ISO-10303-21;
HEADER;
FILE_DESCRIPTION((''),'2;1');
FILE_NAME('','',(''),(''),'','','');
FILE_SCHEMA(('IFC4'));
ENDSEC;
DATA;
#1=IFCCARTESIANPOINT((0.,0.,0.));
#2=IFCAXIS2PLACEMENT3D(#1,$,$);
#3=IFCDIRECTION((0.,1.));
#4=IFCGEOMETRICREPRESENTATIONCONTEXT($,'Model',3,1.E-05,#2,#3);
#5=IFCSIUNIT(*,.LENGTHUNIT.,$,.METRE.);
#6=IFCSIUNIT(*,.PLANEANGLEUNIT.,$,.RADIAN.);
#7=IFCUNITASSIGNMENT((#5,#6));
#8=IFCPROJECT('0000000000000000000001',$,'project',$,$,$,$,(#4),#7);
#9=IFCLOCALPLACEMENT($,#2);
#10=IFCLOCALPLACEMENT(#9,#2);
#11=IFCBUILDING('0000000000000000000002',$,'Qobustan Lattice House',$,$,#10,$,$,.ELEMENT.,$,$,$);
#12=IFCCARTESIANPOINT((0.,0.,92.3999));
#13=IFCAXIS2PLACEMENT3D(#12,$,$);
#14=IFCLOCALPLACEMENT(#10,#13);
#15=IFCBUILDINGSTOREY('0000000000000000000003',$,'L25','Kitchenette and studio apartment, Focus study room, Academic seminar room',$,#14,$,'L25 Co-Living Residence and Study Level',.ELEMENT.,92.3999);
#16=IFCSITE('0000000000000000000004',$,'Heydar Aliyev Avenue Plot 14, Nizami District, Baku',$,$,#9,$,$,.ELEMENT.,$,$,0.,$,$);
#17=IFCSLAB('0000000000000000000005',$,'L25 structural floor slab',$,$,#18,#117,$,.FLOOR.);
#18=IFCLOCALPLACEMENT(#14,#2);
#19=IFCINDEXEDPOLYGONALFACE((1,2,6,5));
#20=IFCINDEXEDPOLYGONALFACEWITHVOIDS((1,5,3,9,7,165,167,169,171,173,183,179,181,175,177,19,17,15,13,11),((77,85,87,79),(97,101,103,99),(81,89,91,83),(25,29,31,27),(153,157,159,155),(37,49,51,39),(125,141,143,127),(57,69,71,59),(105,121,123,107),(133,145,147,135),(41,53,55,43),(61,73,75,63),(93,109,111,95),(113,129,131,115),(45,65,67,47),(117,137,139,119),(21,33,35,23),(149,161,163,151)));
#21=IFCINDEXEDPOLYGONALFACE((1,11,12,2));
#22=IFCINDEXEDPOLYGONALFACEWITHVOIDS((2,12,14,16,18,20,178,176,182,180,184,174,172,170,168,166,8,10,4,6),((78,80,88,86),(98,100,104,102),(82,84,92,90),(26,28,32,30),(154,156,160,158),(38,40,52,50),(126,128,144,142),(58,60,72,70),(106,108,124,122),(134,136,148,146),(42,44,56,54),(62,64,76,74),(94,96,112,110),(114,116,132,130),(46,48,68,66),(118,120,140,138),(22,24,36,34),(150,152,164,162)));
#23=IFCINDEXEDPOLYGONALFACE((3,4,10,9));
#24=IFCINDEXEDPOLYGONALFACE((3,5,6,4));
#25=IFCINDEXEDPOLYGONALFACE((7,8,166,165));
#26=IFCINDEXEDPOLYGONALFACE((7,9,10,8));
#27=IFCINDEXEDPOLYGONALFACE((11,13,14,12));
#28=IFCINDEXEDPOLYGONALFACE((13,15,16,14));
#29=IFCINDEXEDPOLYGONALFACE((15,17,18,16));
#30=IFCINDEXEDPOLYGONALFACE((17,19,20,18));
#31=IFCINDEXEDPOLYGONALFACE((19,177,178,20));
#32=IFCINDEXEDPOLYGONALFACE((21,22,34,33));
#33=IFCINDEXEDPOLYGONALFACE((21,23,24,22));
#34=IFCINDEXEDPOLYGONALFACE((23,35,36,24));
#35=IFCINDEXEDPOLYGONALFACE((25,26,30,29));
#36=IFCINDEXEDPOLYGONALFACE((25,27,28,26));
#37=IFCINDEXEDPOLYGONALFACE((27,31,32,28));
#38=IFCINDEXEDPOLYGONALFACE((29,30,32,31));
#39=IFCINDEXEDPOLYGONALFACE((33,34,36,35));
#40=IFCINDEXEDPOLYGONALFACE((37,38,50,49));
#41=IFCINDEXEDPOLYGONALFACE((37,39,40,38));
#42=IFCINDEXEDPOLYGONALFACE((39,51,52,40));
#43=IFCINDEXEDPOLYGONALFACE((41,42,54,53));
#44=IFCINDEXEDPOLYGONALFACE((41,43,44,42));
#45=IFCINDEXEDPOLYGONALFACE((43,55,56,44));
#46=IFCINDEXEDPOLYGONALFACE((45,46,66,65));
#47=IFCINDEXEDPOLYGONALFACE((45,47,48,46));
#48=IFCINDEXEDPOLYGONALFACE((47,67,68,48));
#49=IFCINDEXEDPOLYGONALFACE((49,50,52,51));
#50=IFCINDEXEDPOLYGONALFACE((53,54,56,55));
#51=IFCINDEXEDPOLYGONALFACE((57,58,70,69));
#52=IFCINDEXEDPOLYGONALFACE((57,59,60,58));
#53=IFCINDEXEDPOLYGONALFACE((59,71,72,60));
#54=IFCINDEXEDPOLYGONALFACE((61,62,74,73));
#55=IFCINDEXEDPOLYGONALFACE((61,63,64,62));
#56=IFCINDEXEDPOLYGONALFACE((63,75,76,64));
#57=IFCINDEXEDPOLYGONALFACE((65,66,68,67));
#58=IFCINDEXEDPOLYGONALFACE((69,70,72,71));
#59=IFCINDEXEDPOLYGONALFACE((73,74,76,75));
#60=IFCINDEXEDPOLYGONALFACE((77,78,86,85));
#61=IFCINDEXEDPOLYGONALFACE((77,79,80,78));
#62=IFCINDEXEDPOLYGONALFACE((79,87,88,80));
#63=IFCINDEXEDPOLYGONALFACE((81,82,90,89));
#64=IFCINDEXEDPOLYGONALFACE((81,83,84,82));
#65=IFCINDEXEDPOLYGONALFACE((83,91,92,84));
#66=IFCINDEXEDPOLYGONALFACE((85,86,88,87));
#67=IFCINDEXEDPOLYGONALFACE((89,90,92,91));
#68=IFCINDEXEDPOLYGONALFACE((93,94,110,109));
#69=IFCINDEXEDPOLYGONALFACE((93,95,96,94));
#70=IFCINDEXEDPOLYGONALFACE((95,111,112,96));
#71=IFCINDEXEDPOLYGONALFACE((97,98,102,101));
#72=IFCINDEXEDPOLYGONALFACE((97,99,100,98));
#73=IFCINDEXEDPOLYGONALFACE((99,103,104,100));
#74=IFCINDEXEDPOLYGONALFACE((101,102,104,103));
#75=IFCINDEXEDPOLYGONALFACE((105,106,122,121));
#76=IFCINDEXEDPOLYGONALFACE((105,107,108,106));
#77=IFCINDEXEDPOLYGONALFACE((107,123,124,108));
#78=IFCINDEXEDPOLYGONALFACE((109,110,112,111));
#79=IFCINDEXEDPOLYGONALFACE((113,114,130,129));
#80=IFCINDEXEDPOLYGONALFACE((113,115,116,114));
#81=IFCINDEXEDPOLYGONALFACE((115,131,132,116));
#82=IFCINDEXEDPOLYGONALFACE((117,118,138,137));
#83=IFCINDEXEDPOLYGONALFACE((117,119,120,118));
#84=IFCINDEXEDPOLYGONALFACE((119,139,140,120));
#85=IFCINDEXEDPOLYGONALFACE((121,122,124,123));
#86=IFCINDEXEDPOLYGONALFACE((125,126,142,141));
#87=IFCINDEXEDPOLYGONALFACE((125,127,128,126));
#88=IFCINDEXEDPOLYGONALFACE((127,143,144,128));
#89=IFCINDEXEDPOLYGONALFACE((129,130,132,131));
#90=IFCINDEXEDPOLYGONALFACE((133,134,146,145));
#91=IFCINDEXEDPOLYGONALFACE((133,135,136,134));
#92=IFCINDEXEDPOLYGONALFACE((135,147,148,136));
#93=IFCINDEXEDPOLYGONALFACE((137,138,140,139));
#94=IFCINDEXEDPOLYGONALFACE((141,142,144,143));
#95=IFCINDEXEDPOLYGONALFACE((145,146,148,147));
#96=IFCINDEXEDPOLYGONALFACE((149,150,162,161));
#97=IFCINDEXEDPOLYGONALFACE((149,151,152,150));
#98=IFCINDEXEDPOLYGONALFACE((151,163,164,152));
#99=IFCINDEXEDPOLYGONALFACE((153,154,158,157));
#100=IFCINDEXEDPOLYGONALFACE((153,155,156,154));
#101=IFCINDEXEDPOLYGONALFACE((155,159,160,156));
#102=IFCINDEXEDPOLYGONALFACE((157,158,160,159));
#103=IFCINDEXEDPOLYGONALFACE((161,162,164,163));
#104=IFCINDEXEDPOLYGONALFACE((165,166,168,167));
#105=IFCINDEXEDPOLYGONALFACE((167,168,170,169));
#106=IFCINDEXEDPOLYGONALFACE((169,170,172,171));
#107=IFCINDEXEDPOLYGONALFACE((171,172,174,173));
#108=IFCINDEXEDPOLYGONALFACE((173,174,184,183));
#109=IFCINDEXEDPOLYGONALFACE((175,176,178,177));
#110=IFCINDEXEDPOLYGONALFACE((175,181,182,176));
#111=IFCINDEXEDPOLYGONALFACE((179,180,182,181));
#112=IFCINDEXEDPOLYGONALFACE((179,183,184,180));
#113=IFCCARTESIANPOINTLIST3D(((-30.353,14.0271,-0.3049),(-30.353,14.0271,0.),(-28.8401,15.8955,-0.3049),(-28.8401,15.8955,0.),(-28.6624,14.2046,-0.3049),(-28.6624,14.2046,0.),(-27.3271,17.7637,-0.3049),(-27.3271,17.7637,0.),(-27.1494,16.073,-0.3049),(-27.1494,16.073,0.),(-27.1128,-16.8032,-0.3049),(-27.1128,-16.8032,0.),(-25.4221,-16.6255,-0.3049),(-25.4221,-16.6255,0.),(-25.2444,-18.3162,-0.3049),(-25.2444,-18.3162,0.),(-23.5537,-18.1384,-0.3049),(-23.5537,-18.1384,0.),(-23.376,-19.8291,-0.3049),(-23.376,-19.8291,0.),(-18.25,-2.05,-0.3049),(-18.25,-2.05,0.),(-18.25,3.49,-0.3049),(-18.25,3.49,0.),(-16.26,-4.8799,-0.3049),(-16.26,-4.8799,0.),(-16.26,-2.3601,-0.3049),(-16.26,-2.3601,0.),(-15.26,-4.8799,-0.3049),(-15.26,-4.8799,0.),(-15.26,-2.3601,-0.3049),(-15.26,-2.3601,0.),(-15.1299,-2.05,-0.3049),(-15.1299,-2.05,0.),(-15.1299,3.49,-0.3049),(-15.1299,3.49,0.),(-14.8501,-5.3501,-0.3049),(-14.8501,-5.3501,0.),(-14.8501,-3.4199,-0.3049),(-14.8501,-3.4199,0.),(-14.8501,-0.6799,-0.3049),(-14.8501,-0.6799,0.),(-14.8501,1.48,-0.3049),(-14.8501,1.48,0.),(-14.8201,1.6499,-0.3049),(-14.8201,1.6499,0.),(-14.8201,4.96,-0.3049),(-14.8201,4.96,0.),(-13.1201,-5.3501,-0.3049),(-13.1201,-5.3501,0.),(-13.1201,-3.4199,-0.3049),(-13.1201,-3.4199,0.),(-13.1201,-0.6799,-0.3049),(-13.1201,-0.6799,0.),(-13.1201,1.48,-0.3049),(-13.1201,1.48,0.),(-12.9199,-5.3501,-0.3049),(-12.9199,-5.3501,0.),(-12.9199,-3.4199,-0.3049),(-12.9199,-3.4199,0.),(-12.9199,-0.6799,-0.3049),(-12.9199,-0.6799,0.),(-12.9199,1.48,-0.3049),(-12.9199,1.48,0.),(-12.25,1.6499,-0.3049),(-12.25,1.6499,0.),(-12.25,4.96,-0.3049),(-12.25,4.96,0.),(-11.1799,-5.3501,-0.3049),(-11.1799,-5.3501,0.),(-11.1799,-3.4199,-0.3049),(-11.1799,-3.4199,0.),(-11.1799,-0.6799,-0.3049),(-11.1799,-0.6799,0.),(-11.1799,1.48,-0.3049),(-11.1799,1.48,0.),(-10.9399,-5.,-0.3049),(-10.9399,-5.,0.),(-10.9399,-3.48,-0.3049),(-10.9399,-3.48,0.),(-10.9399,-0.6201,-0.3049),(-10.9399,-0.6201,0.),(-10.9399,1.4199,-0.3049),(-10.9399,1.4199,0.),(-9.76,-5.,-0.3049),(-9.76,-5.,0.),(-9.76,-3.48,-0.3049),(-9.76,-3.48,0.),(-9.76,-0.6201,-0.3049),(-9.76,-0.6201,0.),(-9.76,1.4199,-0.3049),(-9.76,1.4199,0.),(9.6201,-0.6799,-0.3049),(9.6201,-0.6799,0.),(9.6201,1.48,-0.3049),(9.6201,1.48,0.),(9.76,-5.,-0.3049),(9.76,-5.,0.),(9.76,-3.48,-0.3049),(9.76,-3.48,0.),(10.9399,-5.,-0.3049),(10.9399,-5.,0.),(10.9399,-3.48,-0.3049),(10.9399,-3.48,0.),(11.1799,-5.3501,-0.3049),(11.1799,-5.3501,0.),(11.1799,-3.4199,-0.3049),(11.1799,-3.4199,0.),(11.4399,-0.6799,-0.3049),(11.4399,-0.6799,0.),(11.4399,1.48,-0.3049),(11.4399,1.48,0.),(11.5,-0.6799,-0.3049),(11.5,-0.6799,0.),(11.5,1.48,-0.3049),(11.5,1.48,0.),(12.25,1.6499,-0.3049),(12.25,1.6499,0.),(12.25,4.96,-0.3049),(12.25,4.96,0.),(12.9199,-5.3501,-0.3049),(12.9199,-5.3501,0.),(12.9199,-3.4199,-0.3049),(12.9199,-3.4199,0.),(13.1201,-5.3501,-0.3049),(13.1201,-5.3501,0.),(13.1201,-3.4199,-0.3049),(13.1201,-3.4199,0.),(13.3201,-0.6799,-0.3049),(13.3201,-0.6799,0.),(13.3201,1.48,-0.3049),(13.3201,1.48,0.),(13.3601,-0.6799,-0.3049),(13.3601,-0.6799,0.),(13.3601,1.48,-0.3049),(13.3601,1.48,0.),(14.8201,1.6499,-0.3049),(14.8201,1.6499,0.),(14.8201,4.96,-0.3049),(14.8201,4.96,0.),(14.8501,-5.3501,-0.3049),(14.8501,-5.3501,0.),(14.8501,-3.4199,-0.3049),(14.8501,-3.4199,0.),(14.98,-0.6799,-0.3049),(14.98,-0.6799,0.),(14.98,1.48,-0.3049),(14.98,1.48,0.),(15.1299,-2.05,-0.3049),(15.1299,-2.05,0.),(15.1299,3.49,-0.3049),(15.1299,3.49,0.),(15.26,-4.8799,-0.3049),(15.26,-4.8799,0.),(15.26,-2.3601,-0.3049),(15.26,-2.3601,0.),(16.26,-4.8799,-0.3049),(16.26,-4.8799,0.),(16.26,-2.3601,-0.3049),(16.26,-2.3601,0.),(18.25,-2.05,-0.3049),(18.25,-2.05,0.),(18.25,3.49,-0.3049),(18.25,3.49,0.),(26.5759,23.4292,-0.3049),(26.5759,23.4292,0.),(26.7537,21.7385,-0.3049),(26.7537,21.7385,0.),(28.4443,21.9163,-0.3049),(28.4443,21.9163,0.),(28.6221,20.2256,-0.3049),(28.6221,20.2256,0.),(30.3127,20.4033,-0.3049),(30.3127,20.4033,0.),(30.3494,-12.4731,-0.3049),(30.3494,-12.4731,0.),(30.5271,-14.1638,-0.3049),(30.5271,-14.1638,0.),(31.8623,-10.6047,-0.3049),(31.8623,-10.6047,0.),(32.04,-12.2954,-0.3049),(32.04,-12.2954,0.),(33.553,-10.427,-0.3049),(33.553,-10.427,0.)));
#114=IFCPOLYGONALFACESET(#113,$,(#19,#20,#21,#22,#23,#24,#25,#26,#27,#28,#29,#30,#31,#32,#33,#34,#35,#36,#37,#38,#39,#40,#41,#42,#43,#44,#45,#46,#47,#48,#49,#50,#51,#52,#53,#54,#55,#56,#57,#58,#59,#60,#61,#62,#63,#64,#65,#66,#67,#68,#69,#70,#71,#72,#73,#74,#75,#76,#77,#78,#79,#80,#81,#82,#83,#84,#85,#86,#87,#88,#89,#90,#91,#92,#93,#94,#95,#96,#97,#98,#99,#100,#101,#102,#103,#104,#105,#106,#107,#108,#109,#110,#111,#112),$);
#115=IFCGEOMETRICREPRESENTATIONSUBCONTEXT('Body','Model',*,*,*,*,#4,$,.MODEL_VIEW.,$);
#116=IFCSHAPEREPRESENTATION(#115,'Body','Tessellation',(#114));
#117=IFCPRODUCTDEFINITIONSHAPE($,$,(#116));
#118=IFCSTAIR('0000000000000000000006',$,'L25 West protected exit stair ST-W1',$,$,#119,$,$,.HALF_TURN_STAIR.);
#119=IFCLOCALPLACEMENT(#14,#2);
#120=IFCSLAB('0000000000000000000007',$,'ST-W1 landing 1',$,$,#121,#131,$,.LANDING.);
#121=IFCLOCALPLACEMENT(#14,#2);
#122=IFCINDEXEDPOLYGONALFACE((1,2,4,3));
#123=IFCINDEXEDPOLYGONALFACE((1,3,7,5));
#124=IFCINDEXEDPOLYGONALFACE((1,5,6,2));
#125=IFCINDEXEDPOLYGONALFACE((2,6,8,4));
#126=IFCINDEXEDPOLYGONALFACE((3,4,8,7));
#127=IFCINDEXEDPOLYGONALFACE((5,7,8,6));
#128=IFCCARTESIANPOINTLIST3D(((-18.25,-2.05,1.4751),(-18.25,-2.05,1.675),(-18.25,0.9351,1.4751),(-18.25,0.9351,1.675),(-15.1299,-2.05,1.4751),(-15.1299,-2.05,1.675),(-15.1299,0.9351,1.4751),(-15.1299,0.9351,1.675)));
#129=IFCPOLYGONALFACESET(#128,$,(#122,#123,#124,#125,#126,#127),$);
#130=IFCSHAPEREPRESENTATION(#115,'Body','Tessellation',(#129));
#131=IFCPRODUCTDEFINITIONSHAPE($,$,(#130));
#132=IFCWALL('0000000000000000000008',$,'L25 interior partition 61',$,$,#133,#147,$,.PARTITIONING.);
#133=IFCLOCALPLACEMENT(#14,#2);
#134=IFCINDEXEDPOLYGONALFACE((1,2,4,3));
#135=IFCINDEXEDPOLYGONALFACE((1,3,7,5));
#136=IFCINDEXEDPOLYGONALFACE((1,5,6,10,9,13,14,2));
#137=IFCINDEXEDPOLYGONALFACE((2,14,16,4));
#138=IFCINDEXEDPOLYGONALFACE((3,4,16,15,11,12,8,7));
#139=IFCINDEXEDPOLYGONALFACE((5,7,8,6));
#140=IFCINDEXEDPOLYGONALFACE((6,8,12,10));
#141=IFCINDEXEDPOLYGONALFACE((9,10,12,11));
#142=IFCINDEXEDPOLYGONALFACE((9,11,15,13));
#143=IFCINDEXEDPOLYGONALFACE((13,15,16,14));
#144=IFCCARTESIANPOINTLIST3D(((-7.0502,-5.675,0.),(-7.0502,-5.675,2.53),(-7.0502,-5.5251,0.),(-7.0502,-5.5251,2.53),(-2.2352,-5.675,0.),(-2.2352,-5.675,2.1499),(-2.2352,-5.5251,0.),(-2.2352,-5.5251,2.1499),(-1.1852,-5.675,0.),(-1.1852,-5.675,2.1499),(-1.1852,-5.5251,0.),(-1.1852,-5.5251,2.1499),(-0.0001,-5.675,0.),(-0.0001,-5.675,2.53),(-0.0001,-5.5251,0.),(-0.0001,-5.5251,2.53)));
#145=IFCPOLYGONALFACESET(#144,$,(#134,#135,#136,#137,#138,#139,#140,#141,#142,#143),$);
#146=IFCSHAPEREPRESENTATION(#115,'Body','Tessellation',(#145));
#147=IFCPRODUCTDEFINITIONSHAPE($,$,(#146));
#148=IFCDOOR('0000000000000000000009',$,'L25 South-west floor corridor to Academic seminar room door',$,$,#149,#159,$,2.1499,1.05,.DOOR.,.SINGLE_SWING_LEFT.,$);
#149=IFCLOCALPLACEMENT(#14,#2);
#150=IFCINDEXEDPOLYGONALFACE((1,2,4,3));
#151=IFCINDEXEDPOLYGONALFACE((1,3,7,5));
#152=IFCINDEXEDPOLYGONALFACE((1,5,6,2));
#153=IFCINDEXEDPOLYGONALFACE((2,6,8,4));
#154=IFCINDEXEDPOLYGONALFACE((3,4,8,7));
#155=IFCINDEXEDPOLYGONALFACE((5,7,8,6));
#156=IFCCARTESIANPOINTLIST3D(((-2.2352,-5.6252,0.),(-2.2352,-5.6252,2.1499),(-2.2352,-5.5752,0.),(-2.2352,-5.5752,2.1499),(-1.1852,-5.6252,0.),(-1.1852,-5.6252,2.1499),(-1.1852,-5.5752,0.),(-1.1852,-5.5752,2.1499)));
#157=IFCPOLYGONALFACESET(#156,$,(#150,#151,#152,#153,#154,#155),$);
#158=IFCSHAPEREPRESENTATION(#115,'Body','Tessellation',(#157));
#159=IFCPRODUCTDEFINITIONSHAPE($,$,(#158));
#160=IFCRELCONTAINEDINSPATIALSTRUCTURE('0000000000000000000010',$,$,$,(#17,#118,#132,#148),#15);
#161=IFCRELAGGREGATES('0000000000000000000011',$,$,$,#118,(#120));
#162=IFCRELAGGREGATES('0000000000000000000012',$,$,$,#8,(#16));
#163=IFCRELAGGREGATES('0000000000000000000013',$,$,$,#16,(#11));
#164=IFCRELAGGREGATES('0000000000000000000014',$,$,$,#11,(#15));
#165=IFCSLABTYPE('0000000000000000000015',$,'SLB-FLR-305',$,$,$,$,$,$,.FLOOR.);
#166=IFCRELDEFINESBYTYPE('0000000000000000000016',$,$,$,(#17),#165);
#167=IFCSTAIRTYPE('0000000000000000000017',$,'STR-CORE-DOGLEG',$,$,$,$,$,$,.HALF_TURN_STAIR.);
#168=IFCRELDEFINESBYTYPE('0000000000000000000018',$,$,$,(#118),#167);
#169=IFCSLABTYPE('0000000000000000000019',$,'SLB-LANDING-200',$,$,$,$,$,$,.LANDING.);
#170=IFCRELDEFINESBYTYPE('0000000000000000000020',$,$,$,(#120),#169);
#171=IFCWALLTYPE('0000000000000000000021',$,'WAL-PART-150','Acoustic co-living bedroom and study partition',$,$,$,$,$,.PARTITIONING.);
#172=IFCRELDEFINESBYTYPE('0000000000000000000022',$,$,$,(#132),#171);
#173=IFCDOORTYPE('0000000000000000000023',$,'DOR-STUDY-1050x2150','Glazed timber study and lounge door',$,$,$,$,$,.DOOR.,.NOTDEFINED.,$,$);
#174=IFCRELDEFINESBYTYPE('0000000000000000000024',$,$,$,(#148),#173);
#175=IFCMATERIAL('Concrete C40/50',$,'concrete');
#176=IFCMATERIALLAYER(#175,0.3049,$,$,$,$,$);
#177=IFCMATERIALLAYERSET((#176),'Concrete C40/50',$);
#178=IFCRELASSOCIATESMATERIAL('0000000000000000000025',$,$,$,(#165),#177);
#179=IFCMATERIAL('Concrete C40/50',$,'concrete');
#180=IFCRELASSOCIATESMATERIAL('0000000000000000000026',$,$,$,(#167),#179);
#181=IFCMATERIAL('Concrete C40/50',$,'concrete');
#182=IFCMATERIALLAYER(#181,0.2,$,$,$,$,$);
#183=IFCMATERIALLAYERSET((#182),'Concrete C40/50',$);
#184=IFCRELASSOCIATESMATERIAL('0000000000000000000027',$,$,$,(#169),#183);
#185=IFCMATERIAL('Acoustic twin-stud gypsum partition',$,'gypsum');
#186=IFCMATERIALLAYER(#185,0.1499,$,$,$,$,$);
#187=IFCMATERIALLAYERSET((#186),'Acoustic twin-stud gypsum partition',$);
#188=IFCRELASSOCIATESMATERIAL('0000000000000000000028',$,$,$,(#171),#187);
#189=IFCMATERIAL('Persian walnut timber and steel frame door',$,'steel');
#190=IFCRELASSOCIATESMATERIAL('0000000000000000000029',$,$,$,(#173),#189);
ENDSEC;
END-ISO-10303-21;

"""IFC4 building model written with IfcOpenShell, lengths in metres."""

from ifc_helpers import new_model, si_unit, direction, frame, frame_2d, origin, place, context, subcontext, project, spatial, polyline, rectangle, outline, extrude, material, layer, layer_set, type_object, element, fill, aggregate, save


model = new_model("IFC4")

# Units and contexts
model_context = context("Model", 3, precision=1e-05, world=origin(), true_north=direction((0.0, 1.0)))
body_context = subcontext(model_context, "Body", "Model", "MODEL_VIEW")
ifc_project = project(units=[si_unit("LENGTHUNIT", "METRE"), si_unit("PLANEANGLEUNIT", "RADIAN")], contexts=[model_context])

# Site, building, storey
site_placement = place(None, origin())
site = spatial("IfcSite", under=ifc_project, at=site_placement, Name="Heydar Aliyev Avenue Plot 14, Nizami District, Baku", CompositionType="ELEMENT", RefElevation=0.0)
building_placement = place(site_placement, origin())
building = spatial("IfcBuilding", under=site, at=building_placement, Name="Qobustan Lattice House", CompositionType="ELEMENT")
storey_placement = place(building_placement, frame((0.0, 0.0, 92.3999)))
storey = spatial("IfcBuildingStorey", under=building, at=storey_placement, Name="L25", Description="Kitchenette and studio apartment, Focus study room, Academic seminar room", LongName="L25 Co-Living Residence and Study Level", CompositionType="ELEMENT", Elevation=92.3999)

# Slab
ifc_material_1 = material(Name="Concrete C40/50", Category="concrete")
ifc_layer_1 = layer(ifc_material_1, 0.3049)
ifc_layer_set_1 = layer_set([ifc_layer_1], Name="Concrete C40/50")
slab_type_1 = type_object("IfcSlabType", Name="SLB-FLR-305", PredefinedType="FLOOR", material=ifc_layer_set_1)
slab_1_placement = place(storey_placement, frame((0.0, 0.0, -0.3049)))
element("IfcSlab", 1, at=slab_1_placement, inside=storey, type_object=slab_type_1, Name="L25 structural floor slab", PredefinedType="FLOOR", context=body_context, shape_type="SweptSolid", body=[
    extrude(outline(polyline([(-23.376, -19.8291), (30.5271, -14.1638), (30.3494, -12.4731), (32.04, -12.2954), (31.8623, -10.6047), (33.553, -10.427), (30.3127, 20.4033), (28.6221, 20.2256), (28.4443, 21.9163), (26.7537, 21.7385), (26.5759, 23.4292), (-27.3271, 17.7637), (-27.1494, 16.073), (-28.8401, 15.8955), (-28.6624, 14.2046), (-30.353, 14.0271), (-27.1128, -16.8032), (-25.4221, -16.6255), (-25.2444, -18.3162), (-23.5537, -18.1384), (-23.376, -19.8291)]), holes=[polyline([(-18.25, -2.05), (-18.25, 3.49), (-15.1299, 3.49), (-15.1299, -2.05), (-18.25, -2.05)]), polyline([(15.1299, -2.05), (15.1299, 3.49), (18.25, 3.49), (18.25, -2.05), (15.1299, -2.05)]), polyline([(-14.8201, 1.6499), (-14.8201, 4.96), (-12.25, 4.96), (-12.25, 1.6499), (-14.8201, 1.6499)]), polyline([(12.25, 1.6499), (12.25, 4.96), (14.8201, 4.96), (14.8201, 1.6499), (12.25, 1.6499)]), polyline([(-16.26, -4.8799), (-16.26, -2.3601), (-15.26, -2.3601), (-15.26, -4.8799), (-16.26, -4.8799)]), polyline([(15.26, -4.8799), (15.26, -2.3601), (16.26, -2.3601), (16.26, -4.8799), (15.26, -4.8799)]), polyline([(-14.8501, -5.3501), (-14.8501, -3.4199), (-13.1201, -3.4199), (-13.1201, -5.3501), (-14.8501, -5.3501)]), polyline([(-12.9199, -5.3501), (-12.9199, -3.4199), (-11.1799, -3.4199), (-11.1799, -5.3501), (-12.9199, -5.3501)]), polyline([(-14.8501, -0.6799), (-14.8501, 1.48), (-13.1201, 1.48), (-13.1201, -0.6799), (-14.8501, -0.6799)]), polyline([(-12.9199, -0.6799), (-12.9199, 1.48), (-11.1799, 1.48), (-11.1799, -0.6799), (-12.9199, -0.6799)]), polyline([(-10.9399, -5.0), (-10.9399, -3.48), (-9.76, -3.48), (-9.76, -5.0), (-10.9399, -5.0)]), polyline([(-10.9399, -0.6201), (-10.9399, 1.4199), (-9.76, 1.4199), (-9.76, -0.6201), (-10.9399, -0.6201)]), polyline([(11.1799, -5.3501), (11.1799, -3.4199), (12.9199, -3.4199), (12.9199, -5.3501), (11.1799, -5.3501)]), polyline([(13.1201, -5.3501), (13.1201, -3.4199), (14.8501, -3.4199), (14.8501, -5.3501), (13.1201, -5.3501)]), polyline([(9.76, -5.0), (9.76, -3.48), (10.9399, -3.48), (10.9399, -5.0), (9.76, -5.0)]), polyline([(13.3601, -0.6799), (13.3601, 1.48), (14.98, 1.48), (14.98, -0.6799), (13.3601, -0.6799)]), polyline([(9.6201, -0.6799), (9.6201, 1.48), (11.4399, 1.48), (11.4399, -0.6799), (9.6201, -0.6799)]), polyline([(11.5, -0.6799), (11.5, 1.48), (13.3201, 1.48), (13.3201, -0.6799), (11.5, -0.6799)])]), origin(), (0.0, 0.0, 1.0), 0.3049),
])

# Stair, slab
ifc_material_2 = material(Name="Concrete C40/50", Category="concrete")
stair_type = type_object("IfcStairType", Name="STR-CORE-DOGLEG", PredefinedType="HALF_TURN_STAIR", material=ifc_material_2)
stair_placement = place(storey_placement, origin())
stair = element("IfcStair", 2, at=stair_placement, inside=storey, type_object=stair_type, Name="L25 West protected exit stair ST-W1", PredefinedType="HALF_TURN_STAIR")
ifc_material_3 = material(Name="Concrete C40/50", Category="concrete")
ifc_layer_2 = layer(ifc_material_3, 0.2)
ifc_layer_set_2 = layer_set([ifc_layer_2], Name="Concrete C40/50")
slab_type_2 = type_object("IfcSlabType", Name="SLB-LANDING-200", PredefinedType="LANDING", material=ifc_layer_set_2)
slab_2_placement = place(storey_placement, frame((0.0, 0.0, 1.4751)))
slab_2 = element("IfcSlab", 3, at=slab_2_placement, type_object=slab_type_2, Name="ST-W1 landing 1", PredefinedType="LANDING", context=body_context, shape_type="SweptSolid", body=[
    extrude(outline(polyline([(-18.25, 0.9351), (-18.25, -2.05), (-15.1299, -2.05), (-15.1299, 0.9351), (-18.25, 0.9351)])), origin(), (0.0, 0.0, 1.0), 0.2),
])
aggregate(stair, [slab_2])

# Wall, opening, door
ifc_material_4 = material(Name="Acoustic twin-stud gypsum partition", Category="gypsum")
ifc_layer_3 = layer(ifc_material_4, 0.1499)
ifc_layer_set_3 = layer_set([ifc_layer_3], Name="Acoustic twin-stud gypsum partition")
wall_type_1 = type_object("IfcWallType", Name="WAL-PART-150", Description="Acoustic co-living bedroom and study partition", PredefinedType="PARTITIONING", material=ifc_layer_set_3)
wall_1_placement = place(storey_placement, frame((-7.05, -5.6001, 0.0), z_axis=(0.0, 0.0, 1.0), x_axis=(1.0, 0.0, 0.0)))
wall_1 = element("IfcWall", 4, at=wall_1_placement, inside=storey, type_object=wall_type_1, Name="L25 interior partition 61", PredefinedType="PARTITIONING", context=body_context, shape_type="SweptSolid", body=[
    extrude(rectangle(XDim=7.05, YDim=0.1499, at=frame_2d((3.5249, 0.0))), origin(), (0.0, 0.0, 1.0), 2.53),
])
opening_1_placement = place(wall_1_placement, frame((4.8149, 0.0, 0.0)))
opening_1 = element("IfcOpeningElement", 5, at=opening_1_placement, cuts=wall_1, PredefinedType="OPENING", context=body_context, shape_type="SweptSolid", body=[
    extrude(rectangle(XDim=1.05, YDim=2.1499, at=frame_2d((0.5249, 1.075))), frame((0.0, 0.085, 0.0), z_axis=(0.0, -1.0, 0.0), x_axis=(1.0, 0.0, 0.0)), (0.0, 0.0, 1.0), 0.1699),
])
ifc_material_5 = material(Name="Persian walnut timber and steel frame door", Category="steel")
door_type_1 = type_object("IfcDoorType", Name="DOR-STUDY-1050x2150", Description="Glazed timber study and lounge door", OperationType="NOTDEFINED", PredefinedType="DOOR", material=ifc_material_5)
door_1_placement = place(opening_1_placement, origin())
door_1 = element("IfcDoor", 6, at=door_1_placement, inside=storey, type_object=door_type_1, Name="L25 South-west floor corridor to Academic seminar room door", OperationType="SINGLE_SWING_LEFT", OverallHeight=2.1499, OverallWidth=1.05, PredefinedType="DOOR", context=body_context, shape_type="SweptSolid", body=[
    extrude(rectangle(XDim=1.05, YDim=2.1499, at=frame_2d((0.5249, 1.075))), frame((0.0, 0.0249, 0.0), z_axis=(0.0, -1.0, 0.0), x_axis=(1.0, 0.0, 0.0)), (0.0, 0.0, 1.0), 0.05),
])
fill(opening_1, door_1)

save(model, "model.ifc")
